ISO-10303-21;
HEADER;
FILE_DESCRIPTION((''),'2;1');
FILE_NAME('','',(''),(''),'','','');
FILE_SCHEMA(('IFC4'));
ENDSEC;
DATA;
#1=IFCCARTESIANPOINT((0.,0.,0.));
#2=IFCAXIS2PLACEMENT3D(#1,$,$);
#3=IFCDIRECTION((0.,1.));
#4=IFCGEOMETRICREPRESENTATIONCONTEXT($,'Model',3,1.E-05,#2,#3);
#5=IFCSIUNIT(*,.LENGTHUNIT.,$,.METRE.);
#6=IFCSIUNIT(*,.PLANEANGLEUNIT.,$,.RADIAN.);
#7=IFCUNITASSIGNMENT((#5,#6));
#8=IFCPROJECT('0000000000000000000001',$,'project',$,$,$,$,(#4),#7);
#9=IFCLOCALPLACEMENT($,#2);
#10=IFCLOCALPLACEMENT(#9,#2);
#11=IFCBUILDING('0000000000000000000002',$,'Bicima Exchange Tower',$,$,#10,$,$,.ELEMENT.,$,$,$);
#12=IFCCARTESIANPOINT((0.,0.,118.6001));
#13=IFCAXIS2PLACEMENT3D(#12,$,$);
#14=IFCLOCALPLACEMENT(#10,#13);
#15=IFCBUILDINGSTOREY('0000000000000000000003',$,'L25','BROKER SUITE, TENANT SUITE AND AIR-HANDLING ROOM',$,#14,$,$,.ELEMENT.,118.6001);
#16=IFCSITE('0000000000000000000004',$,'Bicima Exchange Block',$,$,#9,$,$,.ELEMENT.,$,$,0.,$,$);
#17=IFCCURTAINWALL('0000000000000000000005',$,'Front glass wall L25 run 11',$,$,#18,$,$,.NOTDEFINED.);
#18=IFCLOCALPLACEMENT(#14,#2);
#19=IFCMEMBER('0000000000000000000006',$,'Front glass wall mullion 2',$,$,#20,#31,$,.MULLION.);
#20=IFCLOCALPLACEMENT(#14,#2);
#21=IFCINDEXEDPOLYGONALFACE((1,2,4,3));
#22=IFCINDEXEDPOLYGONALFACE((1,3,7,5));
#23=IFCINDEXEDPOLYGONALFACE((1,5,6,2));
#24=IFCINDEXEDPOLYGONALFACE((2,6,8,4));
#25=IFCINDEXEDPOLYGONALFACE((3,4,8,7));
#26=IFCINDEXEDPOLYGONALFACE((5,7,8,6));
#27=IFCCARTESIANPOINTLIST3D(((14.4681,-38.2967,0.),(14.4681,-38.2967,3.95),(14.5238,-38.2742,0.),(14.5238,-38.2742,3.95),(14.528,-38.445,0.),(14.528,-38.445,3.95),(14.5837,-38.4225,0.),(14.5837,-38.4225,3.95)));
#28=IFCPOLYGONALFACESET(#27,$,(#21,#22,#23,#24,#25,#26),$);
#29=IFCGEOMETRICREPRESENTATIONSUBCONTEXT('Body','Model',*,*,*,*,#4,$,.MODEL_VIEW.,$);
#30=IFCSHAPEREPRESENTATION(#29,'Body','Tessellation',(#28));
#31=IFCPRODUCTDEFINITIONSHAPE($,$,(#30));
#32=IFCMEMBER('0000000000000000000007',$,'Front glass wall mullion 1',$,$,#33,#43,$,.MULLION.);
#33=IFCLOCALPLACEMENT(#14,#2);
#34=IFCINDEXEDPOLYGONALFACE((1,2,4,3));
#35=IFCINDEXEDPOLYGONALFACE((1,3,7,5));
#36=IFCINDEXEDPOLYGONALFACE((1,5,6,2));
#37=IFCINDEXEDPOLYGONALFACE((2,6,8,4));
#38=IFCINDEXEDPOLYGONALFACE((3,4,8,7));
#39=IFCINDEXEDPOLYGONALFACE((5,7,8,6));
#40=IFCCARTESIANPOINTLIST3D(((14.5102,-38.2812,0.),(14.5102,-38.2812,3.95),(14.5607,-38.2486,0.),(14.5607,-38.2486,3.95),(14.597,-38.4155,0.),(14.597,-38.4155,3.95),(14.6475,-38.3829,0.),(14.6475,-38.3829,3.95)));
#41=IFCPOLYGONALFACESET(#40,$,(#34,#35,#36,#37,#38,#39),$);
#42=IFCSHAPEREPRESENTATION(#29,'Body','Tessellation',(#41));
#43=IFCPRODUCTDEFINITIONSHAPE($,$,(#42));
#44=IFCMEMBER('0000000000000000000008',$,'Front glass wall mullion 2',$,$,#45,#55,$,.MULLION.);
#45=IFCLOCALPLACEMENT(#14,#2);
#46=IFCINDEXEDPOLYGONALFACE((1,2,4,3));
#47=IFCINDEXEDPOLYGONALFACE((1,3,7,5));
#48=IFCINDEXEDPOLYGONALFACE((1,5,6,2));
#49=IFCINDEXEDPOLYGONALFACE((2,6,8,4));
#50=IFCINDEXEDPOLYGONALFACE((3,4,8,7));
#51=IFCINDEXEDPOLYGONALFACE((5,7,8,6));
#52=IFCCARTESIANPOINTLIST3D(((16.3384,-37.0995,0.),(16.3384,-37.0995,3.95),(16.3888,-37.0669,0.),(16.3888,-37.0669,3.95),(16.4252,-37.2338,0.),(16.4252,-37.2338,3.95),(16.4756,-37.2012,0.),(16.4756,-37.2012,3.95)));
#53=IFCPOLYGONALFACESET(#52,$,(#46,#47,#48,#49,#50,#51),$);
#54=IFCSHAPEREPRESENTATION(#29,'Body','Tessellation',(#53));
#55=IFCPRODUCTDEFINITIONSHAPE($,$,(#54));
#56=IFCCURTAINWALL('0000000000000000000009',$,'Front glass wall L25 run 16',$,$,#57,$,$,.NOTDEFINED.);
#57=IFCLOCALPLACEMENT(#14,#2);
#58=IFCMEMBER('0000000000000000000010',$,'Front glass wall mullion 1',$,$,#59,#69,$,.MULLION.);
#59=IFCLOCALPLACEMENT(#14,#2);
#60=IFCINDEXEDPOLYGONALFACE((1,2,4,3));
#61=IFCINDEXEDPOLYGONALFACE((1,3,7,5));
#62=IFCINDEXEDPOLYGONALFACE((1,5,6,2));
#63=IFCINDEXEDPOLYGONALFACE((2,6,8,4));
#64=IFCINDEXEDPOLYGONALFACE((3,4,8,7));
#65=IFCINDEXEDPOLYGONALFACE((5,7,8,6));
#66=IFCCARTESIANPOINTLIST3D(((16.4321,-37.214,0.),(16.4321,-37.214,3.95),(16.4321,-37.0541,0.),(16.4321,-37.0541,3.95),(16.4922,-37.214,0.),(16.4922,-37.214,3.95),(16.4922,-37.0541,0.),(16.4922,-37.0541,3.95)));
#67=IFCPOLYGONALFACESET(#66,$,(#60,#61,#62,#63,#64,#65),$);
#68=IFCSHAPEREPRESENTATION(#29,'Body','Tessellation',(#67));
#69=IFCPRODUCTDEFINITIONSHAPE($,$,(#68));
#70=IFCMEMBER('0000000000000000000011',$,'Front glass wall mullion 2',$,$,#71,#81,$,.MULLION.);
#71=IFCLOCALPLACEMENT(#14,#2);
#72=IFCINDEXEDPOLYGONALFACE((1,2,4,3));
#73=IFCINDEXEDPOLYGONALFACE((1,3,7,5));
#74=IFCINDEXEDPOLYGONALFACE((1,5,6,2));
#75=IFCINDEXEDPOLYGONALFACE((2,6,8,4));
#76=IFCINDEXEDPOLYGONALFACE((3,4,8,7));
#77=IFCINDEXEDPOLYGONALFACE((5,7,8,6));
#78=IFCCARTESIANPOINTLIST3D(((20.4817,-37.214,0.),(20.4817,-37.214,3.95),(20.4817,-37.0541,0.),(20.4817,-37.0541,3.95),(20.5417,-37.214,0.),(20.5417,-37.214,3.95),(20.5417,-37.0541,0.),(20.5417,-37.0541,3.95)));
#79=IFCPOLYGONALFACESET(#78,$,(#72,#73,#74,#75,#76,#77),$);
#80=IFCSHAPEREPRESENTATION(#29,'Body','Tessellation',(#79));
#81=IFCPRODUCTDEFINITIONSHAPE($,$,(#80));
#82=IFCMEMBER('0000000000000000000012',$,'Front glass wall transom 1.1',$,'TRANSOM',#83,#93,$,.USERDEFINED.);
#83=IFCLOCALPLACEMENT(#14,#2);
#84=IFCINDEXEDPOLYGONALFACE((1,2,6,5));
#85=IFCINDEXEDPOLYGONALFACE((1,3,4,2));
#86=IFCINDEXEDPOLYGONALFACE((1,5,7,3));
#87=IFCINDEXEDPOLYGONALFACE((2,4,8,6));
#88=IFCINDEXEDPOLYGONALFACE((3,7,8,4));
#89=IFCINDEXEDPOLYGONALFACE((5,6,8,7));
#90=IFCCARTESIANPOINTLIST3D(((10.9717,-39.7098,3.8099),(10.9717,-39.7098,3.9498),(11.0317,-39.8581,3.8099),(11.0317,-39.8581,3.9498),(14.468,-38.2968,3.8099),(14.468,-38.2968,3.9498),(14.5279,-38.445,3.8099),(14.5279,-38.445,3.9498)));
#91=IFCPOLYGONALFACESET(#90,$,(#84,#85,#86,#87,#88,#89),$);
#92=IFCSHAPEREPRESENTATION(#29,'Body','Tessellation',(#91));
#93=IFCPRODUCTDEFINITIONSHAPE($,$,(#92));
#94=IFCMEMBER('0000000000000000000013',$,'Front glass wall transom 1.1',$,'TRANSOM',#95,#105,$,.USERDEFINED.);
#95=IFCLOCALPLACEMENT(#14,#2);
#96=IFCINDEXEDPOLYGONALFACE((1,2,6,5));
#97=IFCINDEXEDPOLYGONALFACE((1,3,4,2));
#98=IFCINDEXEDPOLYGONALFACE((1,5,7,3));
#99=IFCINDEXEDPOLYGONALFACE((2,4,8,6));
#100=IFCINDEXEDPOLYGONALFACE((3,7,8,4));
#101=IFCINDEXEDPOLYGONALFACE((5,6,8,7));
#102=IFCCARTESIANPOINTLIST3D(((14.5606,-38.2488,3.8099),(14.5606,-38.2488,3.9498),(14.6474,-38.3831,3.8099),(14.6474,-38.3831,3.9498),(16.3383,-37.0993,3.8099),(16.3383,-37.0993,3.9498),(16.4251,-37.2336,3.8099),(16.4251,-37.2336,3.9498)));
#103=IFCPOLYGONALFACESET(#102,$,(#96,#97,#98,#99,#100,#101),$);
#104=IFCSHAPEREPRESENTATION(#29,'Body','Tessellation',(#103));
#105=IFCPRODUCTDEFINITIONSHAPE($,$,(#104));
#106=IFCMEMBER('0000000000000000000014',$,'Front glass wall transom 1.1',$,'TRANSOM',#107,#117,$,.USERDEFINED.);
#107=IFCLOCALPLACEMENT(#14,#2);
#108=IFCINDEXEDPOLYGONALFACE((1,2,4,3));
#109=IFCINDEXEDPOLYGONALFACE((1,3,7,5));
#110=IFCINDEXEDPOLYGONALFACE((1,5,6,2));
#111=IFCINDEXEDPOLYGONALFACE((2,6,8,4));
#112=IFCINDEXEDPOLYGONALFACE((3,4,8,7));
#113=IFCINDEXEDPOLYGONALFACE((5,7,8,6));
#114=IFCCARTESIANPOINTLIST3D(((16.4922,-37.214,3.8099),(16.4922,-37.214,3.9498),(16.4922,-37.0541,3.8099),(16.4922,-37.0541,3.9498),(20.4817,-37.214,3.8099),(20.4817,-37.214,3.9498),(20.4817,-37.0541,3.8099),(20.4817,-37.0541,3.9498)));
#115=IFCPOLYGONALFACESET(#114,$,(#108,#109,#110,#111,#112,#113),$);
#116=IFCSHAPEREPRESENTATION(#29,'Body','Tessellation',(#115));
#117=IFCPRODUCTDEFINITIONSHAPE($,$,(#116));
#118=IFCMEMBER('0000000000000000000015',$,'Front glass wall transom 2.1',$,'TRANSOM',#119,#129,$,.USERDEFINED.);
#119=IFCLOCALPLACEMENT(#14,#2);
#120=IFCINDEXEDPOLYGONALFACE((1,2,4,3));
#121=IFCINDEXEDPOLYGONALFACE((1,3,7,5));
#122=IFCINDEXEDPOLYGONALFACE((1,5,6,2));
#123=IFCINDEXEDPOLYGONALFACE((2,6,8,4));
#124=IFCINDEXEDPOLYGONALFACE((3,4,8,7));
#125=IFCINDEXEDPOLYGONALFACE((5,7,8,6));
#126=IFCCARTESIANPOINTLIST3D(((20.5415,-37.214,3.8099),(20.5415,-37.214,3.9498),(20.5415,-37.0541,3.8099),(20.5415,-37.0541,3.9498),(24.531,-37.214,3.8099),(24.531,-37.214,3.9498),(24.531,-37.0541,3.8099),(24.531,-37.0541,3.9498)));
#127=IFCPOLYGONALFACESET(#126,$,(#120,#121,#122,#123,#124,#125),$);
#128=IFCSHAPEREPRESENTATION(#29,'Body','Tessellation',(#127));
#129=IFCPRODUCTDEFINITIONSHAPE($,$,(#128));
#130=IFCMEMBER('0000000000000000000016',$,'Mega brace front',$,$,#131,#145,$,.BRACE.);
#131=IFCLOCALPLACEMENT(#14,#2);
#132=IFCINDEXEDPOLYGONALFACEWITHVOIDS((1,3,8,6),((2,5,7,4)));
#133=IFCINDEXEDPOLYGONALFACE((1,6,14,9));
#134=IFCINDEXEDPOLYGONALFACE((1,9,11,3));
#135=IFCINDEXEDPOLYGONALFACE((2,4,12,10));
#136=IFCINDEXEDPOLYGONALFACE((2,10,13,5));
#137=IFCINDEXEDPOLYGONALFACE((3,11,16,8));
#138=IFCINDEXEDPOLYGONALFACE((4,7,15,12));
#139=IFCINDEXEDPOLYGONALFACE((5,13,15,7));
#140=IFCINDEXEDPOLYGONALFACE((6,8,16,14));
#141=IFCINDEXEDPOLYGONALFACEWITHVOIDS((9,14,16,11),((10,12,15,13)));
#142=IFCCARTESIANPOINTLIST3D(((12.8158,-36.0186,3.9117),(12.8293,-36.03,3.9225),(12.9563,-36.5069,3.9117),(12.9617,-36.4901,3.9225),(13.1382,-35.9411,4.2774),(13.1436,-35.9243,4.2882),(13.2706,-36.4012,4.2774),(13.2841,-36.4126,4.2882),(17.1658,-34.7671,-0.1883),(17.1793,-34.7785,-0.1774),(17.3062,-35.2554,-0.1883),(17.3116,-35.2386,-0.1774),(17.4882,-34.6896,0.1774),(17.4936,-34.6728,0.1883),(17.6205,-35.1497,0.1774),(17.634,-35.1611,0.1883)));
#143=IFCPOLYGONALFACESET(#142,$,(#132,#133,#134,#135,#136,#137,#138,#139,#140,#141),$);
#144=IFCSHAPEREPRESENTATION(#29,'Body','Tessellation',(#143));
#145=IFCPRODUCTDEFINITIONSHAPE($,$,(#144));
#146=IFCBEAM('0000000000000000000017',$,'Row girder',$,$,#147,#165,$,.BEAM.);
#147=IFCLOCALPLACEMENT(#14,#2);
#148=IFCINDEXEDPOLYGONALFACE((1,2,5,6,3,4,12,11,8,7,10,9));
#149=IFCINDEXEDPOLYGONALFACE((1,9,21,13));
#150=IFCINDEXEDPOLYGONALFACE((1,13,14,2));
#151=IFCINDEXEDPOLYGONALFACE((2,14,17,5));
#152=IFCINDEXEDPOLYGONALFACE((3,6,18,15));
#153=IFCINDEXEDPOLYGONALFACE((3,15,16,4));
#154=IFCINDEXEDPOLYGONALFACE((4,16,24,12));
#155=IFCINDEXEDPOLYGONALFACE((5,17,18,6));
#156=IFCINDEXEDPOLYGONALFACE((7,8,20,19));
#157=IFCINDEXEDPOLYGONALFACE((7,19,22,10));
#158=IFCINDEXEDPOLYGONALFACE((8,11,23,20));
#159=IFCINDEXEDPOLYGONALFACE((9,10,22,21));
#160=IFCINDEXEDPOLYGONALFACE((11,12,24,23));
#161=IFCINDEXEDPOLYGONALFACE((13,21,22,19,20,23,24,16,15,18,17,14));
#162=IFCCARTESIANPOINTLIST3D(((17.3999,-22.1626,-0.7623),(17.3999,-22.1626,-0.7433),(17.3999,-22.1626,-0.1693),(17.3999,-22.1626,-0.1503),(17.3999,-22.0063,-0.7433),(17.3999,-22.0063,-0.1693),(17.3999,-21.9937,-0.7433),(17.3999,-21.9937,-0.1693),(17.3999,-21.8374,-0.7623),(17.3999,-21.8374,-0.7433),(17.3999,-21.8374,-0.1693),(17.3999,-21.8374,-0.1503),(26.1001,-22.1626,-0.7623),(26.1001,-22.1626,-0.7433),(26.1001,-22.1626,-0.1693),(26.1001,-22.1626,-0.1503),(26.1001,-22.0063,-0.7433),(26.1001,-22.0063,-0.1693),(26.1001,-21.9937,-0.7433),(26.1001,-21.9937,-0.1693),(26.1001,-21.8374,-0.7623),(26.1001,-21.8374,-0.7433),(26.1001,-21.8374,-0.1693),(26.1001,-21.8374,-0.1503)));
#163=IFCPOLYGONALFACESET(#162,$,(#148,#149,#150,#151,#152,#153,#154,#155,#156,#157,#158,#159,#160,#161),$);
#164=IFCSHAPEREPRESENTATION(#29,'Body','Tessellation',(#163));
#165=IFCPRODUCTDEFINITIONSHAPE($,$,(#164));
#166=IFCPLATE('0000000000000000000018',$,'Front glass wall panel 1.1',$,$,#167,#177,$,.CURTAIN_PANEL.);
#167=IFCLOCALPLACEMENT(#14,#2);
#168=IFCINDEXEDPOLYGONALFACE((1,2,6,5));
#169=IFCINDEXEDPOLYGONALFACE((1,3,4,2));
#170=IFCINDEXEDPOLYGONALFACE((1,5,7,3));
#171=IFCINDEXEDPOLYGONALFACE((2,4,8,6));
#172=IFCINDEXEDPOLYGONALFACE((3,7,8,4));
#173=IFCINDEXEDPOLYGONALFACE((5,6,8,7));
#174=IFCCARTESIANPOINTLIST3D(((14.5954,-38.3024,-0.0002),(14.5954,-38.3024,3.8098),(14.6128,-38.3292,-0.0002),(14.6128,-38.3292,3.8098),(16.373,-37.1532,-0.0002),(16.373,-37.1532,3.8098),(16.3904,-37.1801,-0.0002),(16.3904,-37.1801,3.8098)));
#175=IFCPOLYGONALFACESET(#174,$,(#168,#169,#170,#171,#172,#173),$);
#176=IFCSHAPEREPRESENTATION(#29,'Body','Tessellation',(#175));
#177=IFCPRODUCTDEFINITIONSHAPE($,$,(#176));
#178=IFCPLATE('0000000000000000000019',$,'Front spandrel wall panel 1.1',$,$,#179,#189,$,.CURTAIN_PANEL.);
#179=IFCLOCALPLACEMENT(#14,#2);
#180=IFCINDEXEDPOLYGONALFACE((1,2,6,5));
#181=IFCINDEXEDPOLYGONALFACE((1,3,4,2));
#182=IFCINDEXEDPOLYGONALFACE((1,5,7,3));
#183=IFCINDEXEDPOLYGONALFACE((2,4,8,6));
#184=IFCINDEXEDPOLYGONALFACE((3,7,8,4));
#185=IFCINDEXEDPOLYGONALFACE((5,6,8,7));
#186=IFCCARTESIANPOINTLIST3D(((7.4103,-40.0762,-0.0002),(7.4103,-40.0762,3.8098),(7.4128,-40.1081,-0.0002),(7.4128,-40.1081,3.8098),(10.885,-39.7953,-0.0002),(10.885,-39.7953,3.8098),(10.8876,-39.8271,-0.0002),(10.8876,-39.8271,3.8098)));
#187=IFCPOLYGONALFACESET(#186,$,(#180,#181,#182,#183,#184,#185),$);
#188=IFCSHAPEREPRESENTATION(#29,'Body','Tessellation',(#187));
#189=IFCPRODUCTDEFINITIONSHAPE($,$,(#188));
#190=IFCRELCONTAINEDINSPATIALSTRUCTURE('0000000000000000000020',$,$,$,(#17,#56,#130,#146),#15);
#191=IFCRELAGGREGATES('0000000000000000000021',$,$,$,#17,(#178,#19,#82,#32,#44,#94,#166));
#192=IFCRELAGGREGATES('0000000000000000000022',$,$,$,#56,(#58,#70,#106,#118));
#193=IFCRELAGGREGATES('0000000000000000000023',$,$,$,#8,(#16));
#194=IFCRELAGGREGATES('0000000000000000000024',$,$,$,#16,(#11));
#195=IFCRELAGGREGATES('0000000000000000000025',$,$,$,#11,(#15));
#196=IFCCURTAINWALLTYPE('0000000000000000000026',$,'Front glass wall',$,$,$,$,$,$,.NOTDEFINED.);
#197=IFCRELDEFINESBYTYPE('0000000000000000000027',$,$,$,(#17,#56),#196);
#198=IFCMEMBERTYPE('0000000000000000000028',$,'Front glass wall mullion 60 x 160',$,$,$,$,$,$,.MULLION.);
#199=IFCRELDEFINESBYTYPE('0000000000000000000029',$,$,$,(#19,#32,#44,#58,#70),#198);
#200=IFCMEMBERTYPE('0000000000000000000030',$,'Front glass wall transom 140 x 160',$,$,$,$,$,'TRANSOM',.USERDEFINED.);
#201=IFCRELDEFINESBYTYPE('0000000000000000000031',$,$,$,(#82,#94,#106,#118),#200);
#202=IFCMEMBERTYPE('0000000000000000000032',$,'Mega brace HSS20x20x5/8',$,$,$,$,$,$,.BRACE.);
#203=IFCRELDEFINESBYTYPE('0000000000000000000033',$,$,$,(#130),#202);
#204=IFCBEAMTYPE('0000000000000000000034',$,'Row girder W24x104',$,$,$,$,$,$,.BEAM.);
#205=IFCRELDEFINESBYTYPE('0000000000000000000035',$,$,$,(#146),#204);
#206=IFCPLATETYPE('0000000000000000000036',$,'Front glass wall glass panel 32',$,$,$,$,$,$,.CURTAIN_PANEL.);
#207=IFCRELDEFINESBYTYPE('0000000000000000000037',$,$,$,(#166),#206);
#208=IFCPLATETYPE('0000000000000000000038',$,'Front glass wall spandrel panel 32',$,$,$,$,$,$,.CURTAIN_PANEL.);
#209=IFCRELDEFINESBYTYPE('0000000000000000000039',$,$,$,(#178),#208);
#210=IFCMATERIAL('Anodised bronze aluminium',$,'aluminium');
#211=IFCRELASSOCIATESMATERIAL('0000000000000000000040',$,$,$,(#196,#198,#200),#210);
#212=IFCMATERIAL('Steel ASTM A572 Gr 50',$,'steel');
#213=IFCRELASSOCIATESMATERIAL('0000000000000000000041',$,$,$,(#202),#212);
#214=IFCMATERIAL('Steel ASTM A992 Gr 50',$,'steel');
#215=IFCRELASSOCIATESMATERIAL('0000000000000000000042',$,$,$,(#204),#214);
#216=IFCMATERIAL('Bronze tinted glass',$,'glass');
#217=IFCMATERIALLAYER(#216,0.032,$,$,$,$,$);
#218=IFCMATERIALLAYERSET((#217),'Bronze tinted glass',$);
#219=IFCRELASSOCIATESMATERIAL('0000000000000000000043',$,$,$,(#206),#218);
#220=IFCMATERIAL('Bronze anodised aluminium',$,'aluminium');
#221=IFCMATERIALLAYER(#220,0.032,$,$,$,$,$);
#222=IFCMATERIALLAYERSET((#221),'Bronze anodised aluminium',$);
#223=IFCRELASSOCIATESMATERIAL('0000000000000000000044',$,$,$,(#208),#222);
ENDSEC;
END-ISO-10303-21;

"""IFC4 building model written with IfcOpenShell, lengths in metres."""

from ifc_helpers import new_model, si_unit, direction, frame, origin, origin_2d, place, context, subcontext, project, spatial, rectangle, hollow_rectangle, i_section, extrude, material, layer, layer_set, material_profile, profile_set, type_object, element, aggregate, save


model = new_model("IFC4")

# Units and contexts
model_context = context("Model", 3, precision=1e-05, world=origin(), true_north=direction((0.0, 1.0)))
body_context = subcontext(model_context, "Body", "Model", "MODEL_VIEW")
ifc_project = project(units=[si_unit("LENGTHUNIT", "METRE"), si_unit("PLANEANGLEUNIT", "RADIAN")], contexts=[model_context])

# Site, building, storey
site_placement = place(None, origin())
site = spatial("IfcSite", under=ifc_project, at=site_placement, Name="Bicima Exchange Block", CompositionType="ELEMENT", RefElevation=0.0)
building_placement = place(site_placement, origin())
building = spatial("IfcBuilding", under=site, at=building_placement, Name="Bicima Exchange Tower", CompositionType="ELEMENT")
storey_placement = place(building_placement, frame((0.0, 0.0, 118.6001)))
storey = spatial("IfcBuildingStorey", under=building, at=storey_placement, Name="L25", Description="BROKER SUITE, TENANT SUITE AND AIR-HANDLING ROOM", CompositionType="ELEMENT", Elevation=118.6001)

# Shared definitions
ifc_material_1 = material(Name="Steel ASTM A992 Gr 50", Category="steel")

# Shared definitions
ifc_material_2 = material(Name="Steel ASTM A572 Gr 50", Category="steel")

# Shared definitions
ifc_material_profile_1 = material_profile(ifc_material_1, i_section(OverallWidth=0.3252, OverallDepth=0.6121, WebThickness=0.0127, FlangeThickness=0.019, at=origin_2d()))
ifc_profile_set_1 = profile_set([ifc_material_profile_1], Name="Steel ASTM A992 Gr 50")

# Curtain walls, members
ifc_material_3 = material(Name="Anodised bronze aluminium", Category="aluminium")
curtain_wall_type = type_object("IfcCurtainWallType", Name="Front glass wall", PredefinedType="NOTDEFINED", material=ifc_material_3)
curtain_wall_1_placement = place(storey_placement, origin())
curtain_wall_1 = element("IfcCurtainWall", 1, at=curtain_wall_1_placement, inside=storey, type_object=curtain_wall_type, Name="Front glass wall L25 run 11", PredefinedType="NOTDEFINED")
ifc_material_profile_2 = material_profile(ifc_material_3, rectangle(XDim=0.1599, YDim=0.0601, at=origin_2d()))
ifc_profile_set_2 = profile_set([ifc_material_profile_2], Name="Anodised bronze aluminium")
member_type_1 = type_object("IfcMemberType", Name="Front glass wall mullion 60 x 160", PredefinedType="MULLION", material=ifc_profile_set_2)
member_1_placement = place(storey_placement, frame((14.5259, -38.3596, 0.0), z_axis=(0.0, 0.0, 1.0), x_axis=(-0.374705, 0.927144, 0.0)))
member_1 = element("IfcMember", 2, at=member_1_placement, type_object=member_type_1, Name="Front glass wall mullion 2", PredefinedType="MULLION", context=body_context, shape_type="SweptSolid", body=[
    extrude(rectangle(XDim=0.1599, YDim=0.0601, at=origin_2d()), origin(), (0.0, 0.0, 1.0), 3.95),
])
member_2_placement = place(storey_placement, frame((14.5789, -38.332, 0.0), z_axis=(0.0, 0.0, 1.0), x_axis=(-0.542909, 0.839791, 0.0)))
member_2 = element("IfcMember", 3, at=member_2_placement, type_object=member_type_1, Name="Front glass wall mullion 1", PredefinedType="MULLION", context=body_context, shape_type="SweptSolid", body=[
    extrude(rectangle(XDim=0.1599, YDim=0.0601, at=origin_2d()), origin(), (0.0, 0.0, 1.0), 3.95),
])
member_3_placement = place(storey_placement, frame((16.407, -37.1504, 0.0), z_axis=(0.0, 0.0, 1.0), x_axis=(-0.542909, 0.839791, 0.0)))
member_3 = element("IfcMember", 4, at=member_3_placement, type_object=member_type_1, Name="Front glass wall mullion 2", PredefinedType="MULLION", context=body_context, shape_type="SweptSolid", body=[
    extrude(rectangle(XDim=0.1599, YDim=0.0601, at=origin_2d()), origin(), (0.0, 0.0, 1.0), 3.95),
])
curtain_wall_2_placement = place(storey_placement, origin())
curtain_wall_2 = element("IfcCurtainWall", 5, at=curtain_wall_2_placement, inside=storey, type_object=curtain_wall_type, Name="Front glass wall L25 run 16", PredefinedType="NOTDEFINED")
member_4_placement = place(storey_placement, frame((16.4622, -37.134, 0.0), z_axis=(0.0, 0.0, 1.0), x_axis=(0.0, 1.0, 0.0)))
member_4 = element("IfcMember", 6, at=member_4_placement, type_object=member_type_1, Name="Front glass wall mullion 1", PredefinedType="MULLION", context=body_context, shape_type="SweptSolid", body=[
    extrude(rectangle(XDim=0.1599, YDim=0.0601, at=origin_2d()), origin(), (0.0, 0.0, 1.0), 3.95),
])
member_5_placement = place(storey_placement, frame((20.5117, -37.134, 0.0), z_axis=(0.0, 0.0, 1.0), x_axis=(0.0, 1.0, 0.0)))
member_5 = element("IfcMember", 7, at=member_5_placement, type_object=member_type_1, Name="Front glass wall mullion 2", PredefinedType="MULLION", context=body_context, shape_type="SweptSolid", body=[
    extrude(rectangle(XDim=0.1599, YDim=0.0601, at=origin_2d()), origin(), (0.0, 0.0, 1.0), 3.95),
])

# Members
ifc_material_profile_3 = material_profile(ifc_material_3, rectangle(XDim=0.1599, YDim=0.1399, at=origin_2d()))
ifc_profile_set_3 = profile_set([ifc_material_profile_3], Name="Anodised bronze aluminium")
member_type_2 = type_object("IfcMemberType", Name="Front glass wall transom 140 x 160", ElementType="TRANSOM", PredefinedType="USERDEFINED", material=ifc_profile_set_3)
member_6_placement = place(storey_placement, frame((11.0017, -39.7839, 3.8799), z_axis=(0.92714, 0.374715, 0.0), x_axis=(-0.374715, 0.92714, 0.0)))
member_6 = element("IfcMember", 8, at=member_6_placement, type_object=member_type_2, Name="Front glass wall transom 1.1", ObjectType="TRANSOM", PredefinedType="USERDEFINED", context=body_context, shape_type="SweptSolid", body=[
    extrude(rectangle(XDim=0.1599, YDim=0.1399, at=origin_2d()), origin(), (0.0, 0.0, 1.0), 3.771),
])
member_7_placement = place(storey_placement, frame((14.604, -38.3159, 3.8799), z_axis=(0.83974, 0.542988, 0.0), x_axis=(-0.542988, 0.83974, 0.0)))
member_7 = element("IfcMember", 9, at=member_7_placement, type_object=member_type_2, Name="Front glass wall transom 1.1", ObjectType="TRANSOM", PredefinedType="USERDEFINED", context=body_context, shape_type="SweptSolid", body=[
    extrude(rectangle(XDim=0.1599, YDim=0.1399, at=origin_2d()), origin(), (0.0, 0.0, 1.0), 2.1169),
])
member_8_placement = place(storey_placement, frame((16.4922, -37.134, 3.8799), z_axis=(1.0, 0.0, 0.0), x_axis=(0.0, 1.0, 0.0)))
member_8 = element("IfcMember", 10, at=member_8_placement, type_object=member_type_2, Name="Front glass wall transom 1.1", ObjectType="TRANSOM", PredefinedType="USERDEFINED", context=body_context, shape_type="SweptSolid", body=[
    extrude(rectangle(XDim=0.1599, YDim=0.1399, at=origin_2d()), origin(), (0.0, 0.0, 1.0), 3.9895),
])
member_9_placement = place(storey_placement, frame((20.5415, -37.134, 3.8799), z_axis=(1.0, 0.0, 0.0), x_axis=(0.0, 1.0, 0.0)))
member_9 = element("IfcMember", 11, at=member_9_placement, type_object=member_type_2, Name="Front glass wall transom 2.1", ObjectType="TRANSOM", PredefinedType="USERDEFINED", context=body_context, shape_type="SweptSolid", body=[
    extrude(rectangle(XDim=0.1599, YDim=0.1399, at=origin_2d()), origin(), (0.0, 0.0, 1.0), 3.9895),
])
ifc_material_profile_4 = material_profile(ifc_material_2, hollow_rectangle(XDim=0.5081, YDim=0.5081, WallThickness=0.0146, at=origin_2d()))
ifc_profile_set_4 = profile_set([ifc_material_profile_4], Name="Steel ASTM A572 Gr 50")
member_type_3 = type_object("IfcMemberType", Name="Mega brace HSS20x20x5/8", PredefinedType="BRACE", material=ifc_profile_set_4)
member_10_placement = place(storey_placement, frame((17.3999, -34.9641, 0.0), z_axis=(-0.712266, -0.204921, 0.67133), x_axis=(0.276487, -0.961018, 0.0)))
element("IfcMember", 12, at=member_10_placement, inside=storey, type_object=member_type_3, Name="Mega brace front", PredefinedType="BRACE", context=body_context, shape_type="SweptSolid", body=[
    extrude(hollow_rectangle(XDim=0.5081, YDim=0.5081, WallThickness=0.0146, at=origin_2d()), origin(), (0.0, 0.0, 1.0), 6.1072),
])

# Beam
beam_type_1 = type_object("IfcBeamType", Name="Row girder W24x104", PredefinedType="BEAM", material=ifc_profile_set_1)
beam_1_placement = place(storey_placement, frame((17.3999, -22.0, -0.4563), z_axis=(1.0, 0.0, 0.0), x_axis=(0.0, 1.0, 0.0)))
element("IfcBeam", 13, at=beam_1_placement, inside=storey, type_object=beam_type_1, Name="Row girder", PredefinedType="BEAM", context=body_context, shape_type="SweptSolid", body=[
    extrude(i_section(OverallWidth=0.3252, OverallDepth=0.6121, WebThickness=0.0127, FlangeThickness=0.019, at=origin_2d()), origin(), (0.0, 0.0, 1.0), 8.7002),
])

# Plates
ifc_material_4 = material(Name="Bronze tinted glass", Category="glass")
ifc_layer_1 = layer(ifc_material_4, 0.032)
ifc_layer_set_1 = layer_set([ifc_layer_1], Name="Bronze tinted glass")
plate_type_1 = type_object("IfcPlateType", Name="Front glass wall glass panel 32", PredefinedType="CURTAIN_PANEL", material=ifc_layer_set_1)
plate_1_placement = place(storey_placement, frame((15.4929, -37.7412, -0.0002), z_axis=(0.0, 0.0, 1.0), x_axis=(0.839791, 0.542909, 0.0)))
plate_1 = element("IfcPlate", 14, at=plate_1_placement, type_object=plate_type_1, Name="Front glass wall panel 1.1", PredefinedType="CURTAIN_PANEL", context=body_context, shape_type="SweptSolid", body=[
    extrude(rectangle(XDim=2.1167, YDim=0.032, at=origin_2d()), origin(), (0.0, 0.0, 1.0), 3.8101),
])
ifc_material_5 = material(Name="Bronze anodised aluminium", Category="aluminium")
ifc_layer_2 = layer(ifc_material_5, 0.032)
ifc_layer_set_2 = layer_set([ifc_layer_2], Name="Bronze anodised aluminium")
plate_type_2 = type_object("IfcPlateType", Name="Front glass wall spandrel panel 32", PredefinedType="CURTAIN_PANEL", material=ifc_layer_set_2)
plate_2_placement = place(storey_placement, frame((9.1489, -39.9517, -0.0002), z_axis=(0.0, 0.0, 1.0), x_axis=(0.996747, 0.080589, 0.0)))
plate_2 = element("IfcPlate", 15, at=plate_2_placement, type_object=plate_type_2, Name="Front spandrel wall panel 1.1", PredefinedType="CURTAIN_PANEL", context=body_context, shape_type="SweptSolid", body=[
    extrude(rectangle(XDim=3.4861, YDim=0.032, at=origin_2d()), origin(), (0.0, 0.0, 1.0), 3.8101),
])
aggregate(curtain_wall_1, [plate_2, member_1, member_6, member_2, member_3, member_7, plate_1])
aggregate(curtain_wall_2, [member_4, member_5, member_8, member_9])

save(model, "model.ifc")
